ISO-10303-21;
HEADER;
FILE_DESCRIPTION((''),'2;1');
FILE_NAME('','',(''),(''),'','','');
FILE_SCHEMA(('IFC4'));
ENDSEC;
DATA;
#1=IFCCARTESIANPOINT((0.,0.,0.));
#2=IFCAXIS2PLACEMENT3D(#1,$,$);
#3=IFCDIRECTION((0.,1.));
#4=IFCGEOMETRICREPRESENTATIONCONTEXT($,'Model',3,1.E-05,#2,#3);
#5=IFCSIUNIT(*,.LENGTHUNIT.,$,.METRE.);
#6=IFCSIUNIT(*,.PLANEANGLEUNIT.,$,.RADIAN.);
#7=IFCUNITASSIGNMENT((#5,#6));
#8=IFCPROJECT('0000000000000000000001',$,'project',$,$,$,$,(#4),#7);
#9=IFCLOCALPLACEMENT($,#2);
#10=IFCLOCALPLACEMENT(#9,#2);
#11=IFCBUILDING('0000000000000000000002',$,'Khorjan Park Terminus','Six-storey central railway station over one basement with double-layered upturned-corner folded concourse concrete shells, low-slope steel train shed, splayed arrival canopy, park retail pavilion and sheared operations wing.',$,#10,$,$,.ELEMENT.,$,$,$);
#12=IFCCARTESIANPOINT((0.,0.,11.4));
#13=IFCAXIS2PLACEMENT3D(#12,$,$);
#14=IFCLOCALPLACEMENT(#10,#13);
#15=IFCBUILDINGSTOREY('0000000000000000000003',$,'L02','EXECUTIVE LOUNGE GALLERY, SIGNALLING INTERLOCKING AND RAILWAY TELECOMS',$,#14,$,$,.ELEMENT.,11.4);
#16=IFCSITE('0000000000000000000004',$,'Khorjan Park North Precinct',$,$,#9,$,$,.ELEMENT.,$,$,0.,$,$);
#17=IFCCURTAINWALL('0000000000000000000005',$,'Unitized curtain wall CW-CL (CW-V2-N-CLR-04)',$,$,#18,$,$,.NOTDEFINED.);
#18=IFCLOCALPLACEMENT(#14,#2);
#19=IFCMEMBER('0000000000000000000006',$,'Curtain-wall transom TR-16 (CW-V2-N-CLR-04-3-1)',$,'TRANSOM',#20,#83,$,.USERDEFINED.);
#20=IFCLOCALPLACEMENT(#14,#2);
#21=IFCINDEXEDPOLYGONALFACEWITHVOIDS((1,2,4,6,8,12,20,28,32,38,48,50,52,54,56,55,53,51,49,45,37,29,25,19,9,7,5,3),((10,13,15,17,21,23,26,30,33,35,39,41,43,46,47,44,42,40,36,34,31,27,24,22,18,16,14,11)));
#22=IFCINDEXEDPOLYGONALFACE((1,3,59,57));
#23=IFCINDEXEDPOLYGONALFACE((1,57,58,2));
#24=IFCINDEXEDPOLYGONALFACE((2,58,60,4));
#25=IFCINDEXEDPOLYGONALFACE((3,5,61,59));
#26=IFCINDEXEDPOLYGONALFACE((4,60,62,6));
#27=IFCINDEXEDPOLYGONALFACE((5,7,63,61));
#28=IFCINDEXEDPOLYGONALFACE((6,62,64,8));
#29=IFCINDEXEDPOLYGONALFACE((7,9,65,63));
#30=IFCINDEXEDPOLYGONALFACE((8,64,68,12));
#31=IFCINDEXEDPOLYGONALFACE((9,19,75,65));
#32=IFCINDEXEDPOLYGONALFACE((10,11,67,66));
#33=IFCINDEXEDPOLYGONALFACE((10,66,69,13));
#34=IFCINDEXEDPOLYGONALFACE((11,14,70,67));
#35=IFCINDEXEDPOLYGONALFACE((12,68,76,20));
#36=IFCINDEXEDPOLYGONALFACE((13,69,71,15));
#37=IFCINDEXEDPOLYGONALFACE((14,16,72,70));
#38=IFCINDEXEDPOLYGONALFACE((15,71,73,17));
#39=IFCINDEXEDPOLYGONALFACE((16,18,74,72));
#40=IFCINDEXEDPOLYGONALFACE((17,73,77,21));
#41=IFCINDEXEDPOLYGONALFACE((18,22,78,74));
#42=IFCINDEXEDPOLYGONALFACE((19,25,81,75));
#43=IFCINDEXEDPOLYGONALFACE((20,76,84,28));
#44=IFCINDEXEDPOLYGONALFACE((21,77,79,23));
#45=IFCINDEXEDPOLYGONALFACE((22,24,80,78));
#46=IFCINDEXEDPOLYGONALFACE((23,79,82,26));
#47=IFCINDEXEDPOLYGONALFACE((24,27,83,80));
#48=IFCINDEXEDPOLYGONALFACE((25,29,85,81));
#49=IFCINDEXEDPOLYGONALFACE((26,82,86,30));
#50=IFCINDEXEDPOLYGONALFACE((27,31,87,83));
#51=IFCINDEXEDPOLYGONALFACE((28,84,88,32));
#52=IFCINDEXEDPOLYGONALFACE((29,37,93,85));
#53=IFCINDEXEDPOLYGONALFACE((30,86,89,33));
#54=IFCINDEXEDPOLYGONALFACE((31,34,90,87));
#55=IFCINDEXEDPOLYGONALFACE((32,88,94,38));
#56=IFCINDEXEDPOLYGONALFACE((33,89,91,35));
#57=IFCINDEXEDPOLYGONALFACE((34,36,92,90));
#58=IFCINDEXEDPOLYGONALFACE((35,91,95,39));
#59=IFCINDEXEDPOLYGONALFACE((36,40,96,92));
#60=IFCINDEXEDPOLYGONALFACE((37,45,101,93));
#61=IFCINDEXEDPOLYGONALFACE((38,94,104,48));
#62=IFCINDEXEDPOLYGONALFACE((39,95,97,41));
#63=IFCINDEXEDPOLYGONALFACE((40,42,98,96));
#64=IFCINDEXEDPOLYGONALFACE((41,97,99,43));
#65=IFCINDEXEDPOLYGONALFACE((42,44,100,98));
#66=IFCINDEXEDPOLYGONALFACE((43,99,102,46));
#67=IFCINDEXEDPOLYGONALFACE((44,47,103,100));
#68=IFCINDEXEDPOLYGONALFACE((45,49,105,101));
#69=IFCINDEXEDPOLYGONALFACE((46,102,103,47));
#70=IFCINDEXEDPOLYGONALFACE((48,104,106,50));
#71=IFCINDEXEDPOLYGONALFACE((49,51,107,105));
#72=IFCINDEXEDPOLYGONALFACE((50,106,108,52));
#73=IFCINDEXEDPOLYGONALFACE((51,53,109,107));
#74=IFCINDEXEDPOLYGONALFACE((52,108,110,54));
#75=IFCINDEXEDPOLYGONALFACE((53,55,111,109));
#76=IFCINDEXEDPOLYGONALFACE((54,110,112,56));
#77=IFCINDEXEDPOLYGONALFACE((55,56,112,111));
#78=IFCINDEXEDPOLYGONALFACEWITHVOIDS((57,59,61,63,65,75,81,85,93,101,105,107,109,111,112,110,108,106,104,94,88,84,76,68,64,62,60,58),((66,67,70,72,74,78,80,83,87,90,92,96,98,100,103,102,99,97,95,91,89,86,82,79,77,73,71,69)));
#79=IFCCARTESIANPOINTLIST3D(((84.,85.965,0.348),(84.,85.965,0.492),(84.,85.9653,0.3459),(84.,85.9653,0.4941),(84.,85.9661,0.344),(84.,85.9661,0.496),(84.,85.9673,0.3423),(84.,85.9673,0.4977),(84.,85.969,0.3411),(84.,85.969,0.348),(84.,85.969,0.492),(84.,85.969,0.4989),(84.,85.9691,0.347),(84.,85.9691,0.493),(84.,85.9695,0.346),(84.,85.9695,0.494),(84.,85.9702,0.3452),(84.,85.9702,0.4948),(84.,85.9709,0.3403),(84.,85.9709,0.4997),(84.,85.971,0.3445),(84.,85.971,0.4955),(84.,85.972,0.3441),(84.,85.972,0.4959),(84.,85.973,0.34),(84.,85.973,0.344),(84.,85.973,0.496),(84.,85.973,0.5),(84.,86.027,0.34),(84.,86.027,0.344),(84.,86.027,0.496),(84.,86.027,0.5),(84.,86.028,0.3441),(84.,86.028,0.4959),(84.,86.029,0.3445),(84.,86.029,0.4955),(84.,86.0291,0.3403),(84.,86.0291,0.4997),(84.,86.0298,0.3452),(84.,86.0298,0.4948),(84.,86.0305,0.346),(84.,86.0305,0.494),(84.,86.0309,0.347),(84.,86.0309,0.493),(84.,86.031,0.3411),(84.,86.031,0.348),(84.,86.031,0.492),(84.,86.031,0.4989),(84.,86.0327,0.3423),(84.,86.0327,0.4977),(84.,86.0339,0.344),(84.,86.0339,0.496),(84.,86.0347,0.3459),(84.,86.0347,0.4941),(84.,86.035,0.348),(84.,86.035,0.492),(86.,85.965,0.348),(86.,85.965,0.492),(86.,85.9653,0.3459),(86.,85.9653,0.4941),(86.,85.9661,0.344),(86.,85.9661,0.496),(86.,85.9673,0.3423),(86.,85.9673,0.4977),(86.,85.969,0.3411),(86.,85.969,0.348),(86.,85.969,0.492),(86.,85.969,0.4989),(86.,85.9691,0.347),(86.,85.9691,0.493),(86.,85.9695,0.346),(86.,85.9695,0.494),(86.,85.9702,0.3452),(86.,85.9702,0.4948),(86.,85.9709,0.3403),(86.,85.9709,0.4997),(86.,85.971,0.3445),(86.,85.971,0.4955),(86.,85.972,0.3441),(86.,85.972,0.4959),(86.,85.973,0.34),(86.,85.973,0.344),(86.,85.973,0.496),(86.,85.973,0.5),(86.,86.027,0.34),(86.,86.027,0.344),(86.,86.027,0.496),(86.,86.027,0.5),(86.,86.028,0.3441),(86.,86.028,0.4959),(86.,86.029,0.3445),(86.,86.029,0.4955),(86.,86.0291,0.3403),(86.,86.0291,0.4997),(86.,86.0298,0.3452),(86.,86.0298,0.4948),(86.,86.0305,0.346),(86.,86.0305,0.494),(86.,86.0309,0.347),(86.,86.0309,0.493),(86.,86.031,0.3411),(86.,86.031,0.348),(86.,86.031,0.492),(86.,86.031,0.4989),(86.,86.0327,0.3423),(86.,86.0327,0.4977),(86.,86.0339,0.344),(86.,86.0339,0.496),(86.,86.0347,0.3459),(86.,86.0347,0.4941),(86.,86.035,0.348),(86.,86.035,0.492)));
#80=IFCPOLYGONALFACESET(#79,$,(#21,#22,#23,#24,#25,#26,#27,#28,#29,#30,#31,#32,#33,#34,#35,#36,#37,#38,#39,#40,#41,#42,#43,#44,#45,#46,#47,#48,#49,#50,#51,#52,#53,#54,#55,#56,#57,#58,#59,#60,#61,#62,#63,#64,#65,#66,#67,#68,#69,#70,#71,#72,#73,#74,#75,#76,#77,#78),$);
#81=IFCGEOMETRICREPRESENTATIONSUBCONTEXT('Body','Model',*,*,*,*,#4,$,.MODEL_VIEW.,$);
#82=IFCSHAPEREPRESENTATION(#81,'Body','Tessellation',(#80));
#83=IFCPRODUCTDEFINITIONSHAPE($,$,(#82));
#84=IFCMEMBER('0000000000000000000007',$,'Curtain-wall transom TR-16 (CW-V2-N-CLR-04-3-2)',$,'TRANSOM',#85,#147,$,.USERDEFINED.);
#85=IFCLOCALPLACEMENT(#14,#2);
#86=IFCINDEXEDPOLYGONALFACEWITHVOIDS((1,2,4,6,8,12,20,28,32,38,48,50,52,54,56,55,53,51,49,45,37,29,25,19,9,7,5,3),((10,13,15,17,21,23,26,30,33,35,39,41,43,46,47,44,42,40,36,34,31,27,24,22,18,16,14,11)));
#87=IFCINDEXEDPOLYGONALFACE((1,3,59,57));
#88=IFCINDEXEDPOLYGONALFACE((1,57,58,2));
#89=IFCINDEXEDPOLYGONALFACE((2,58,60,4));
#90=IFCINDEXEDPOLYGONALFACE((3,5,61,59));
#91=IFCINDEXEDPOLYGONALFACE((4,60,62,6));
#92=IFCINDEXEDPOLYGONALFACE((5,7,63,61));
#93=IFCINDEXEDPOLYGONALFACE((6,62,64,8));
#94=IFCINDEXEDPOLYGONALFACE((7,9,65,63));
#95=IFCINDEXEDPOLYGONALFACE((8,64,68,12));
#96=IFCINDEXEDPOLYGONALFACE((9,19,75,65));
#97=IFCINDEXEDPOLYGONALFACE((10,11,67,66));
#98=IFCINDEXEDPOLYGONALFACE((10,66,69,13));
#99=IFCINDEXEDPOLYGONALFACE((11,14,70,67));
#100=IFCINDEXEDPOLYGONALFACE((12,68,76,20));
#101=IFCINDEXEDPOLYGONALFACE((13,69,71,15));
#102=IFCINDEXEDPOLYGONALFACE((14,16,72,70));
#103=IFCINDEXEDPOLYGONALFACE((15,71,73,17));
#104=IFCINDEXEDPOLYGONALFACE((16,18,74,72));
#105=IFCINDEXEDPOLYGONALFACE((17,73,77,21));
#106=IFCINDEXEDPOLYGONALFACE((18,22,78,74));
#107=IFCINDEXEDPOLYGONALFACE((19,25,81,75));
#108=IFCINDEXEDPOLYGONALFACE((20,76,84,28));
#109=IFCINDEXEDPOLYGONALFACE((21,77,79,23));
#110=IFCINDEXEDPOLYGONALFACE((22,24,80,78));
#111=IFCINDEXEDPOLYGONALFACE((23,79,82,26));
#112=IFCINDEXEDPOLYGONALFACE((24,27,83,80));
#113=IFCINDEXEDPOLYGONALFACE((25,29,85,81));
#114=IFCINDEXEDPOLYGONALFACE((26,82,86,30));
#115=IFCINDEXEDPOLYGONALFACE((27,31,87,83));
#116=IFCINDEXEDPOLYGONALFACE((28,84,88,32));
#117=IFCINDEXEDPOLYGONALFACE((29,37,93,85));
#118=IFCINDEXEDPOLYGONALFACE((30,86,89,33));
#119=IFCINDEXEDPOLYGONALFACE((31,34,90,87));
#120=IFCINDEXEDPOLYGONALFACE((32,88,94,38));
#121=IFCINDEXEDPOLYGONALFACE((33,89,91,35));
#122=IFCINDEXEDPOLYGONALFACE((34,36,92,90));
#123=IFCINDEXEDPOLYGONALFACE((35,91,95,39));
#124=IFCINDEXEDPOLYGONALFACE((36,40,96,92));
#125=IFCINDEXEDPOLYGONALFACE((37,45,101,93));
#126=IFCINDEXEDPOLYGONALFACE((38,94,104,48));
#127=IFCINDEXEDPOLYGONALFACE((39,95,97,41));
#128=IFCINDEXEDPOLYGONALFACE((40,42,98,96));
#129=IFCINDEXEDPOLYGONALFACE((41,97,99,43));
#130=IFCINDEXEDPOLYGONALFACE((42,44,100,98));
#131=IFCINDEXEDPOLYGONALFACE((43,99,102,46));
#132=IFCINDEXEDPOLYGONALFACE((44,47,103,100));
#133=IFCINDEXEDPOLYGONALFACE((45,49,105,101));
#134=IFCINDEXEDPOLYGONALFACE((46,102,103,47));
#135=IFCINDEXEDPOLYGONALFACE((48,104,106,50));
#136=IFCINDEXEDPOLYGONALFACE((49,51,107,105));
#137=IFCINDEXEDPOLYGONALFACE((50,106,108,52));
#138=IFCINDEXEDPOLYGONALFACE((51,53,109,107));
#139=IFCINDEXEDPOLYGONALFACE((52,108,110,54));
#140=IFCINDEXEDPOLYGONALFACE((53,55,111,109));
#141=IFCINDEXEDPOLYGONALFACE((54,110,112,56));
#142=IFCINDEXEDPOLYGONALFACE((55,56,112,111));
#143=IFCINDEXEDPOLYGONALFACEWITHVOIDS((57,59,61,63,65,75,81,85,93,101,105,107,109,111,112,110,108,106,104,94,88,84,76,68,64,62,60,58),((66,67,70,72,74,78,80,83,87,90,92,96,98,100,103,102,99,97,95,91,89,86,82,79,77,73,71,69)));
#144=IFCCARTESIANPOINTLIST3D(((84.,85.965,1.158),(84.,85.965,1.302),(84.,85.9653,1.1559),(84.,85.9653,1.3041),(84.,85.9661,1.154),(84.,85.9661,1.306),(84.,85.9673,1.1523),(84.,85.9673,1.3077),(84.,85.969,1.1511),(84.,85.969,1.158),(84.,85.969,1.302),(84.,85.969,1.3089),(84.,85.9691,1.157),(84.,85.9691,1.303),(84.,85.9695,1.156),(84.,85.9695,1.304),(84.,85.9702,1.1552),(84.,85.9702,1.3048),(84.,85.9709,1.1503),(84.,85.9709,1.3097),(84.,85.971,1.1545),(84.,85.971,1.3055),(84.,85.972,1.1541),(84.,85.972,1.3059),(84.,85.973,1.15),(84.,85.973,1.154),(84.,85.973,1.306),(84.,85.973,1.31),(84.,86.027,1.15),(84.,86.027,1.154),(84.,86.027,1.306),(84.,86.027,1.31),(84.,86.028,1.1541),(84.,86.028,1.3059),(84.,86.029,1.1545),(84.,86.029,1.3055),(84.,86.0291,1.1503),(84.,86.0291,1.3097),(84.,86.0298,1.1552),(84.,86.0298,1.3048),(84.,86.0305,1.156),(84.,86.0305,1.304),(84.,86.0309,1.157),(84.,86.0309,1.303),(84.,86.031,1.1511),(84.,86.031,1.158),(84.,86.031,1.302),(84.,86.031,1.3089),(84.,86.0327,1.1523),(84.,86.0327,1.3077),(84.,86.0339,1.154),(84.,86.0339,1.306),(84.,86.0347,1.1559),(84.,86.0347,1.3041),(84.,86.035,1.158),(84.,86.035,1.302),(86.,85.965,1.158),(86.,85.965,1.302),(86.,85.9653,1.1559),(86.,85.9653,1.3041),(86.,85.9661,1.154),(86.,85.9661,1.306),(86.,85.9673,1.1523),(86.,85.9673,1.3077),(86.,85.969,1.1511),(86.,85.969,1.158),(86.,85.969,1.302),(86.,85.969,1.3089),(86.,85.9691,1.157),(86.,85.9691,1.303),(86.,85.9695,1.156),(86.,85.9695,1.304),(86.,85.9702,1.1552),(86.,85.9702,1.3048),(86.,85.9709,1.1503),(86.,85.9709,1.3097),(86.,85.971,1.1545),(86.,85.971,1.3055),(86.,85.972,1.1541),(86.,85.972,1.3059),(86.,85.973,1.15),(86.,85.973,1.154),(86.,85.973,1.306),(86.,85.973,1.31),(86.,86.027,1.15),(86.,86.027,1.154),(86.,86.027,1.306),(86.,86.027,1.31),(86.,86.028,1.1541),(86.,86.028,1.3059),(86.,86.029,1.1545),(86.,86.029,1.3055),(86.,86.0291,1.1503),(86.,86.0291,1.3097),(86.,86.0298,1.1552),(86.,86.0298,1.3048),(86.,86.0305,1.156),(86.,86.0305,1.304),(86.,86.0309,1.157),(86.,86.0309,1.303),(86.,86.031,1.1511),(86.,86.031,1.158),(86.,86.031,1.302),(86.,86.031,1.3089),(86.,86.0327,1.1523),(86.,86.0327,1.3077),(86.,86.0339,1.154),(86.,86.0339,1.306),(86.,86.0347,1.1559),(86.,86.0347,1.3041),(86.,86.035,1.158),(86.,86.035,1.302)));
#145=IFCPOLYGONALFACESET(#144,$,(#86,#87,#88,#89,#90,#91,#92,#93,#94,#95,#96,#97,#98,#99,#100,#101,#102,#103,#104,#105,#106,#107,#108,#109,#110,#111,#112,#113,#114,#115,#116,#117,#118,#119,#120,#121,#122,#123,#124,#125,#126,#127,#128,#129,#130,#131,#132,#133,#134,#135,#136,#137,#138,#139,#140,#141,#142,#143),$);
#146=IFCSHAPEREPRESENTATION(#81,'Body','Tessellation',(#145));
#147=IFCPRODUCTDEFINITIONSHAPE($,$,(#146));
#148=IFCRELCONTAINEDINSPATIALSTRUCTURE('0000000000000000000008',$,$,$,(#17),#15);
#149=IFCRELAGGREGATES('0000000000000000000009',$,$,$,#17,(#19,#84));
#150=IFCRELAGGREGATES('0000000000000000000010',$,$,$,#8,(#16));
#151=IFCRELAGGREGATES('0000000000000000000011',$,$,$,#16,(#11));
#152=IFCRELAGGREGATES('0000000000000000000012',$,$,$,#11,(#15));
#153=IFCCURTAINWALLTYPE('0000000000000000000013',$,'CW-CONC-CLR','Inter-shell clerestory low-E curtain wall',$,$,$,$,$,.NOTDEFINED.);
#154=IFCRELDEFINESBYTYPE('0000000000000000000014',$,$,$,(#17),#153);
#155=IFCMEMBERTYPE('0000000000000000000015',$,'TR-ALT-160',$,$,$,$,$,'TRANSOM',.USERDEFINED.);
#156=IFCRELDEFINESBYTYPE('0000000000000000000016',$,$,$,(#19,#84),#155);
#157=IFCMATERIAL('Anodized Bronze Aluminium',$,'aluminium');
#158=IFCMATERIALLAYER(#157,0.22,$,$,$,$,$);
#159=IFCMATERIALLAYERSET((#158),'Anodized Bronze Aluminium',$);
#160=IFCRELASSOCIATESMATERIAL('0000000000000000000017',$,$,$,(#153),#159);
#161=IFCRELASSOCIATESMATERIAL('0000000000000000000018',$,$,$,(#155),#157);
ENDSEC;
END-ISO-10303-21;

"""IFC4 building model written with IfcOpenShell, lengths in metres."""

from ifc_helpers import new_model, si_unit, direction, frame, origin, origin_2d, place, context, subcontext, project, spatial, hollow_rectangle, extrude, material, layer, layer_set, material_profile, profile_set, type_object, element, aggregate, save


model = new_model("IFC4")

# Units and contexts
model_context = context("Model", 3, precision=1e-05, world=origin(), true_north=direction((0.0, 1.0)))
body_context = subcontext(model_context, "Body", "Model", "MODEL_VIEW")
ifc_project = project(units=[si_unit("LENGTHUNIT", "METRE"), si_unit("PLANEANGLEUNIT", "RADIAN")], contexts=[model_context])

# Site, building, storey
site_placement = place(None, origin())
site = spatial("IfcSite", under=ifc_project, at=site_placement, Name="Khorjan Park North Precinct", CompositionType="ELEMENT", RefElevation=0.0)
building_placement = place(site_placement, origin())
building = spatial("IfcBuilding", under=site, at=building_placement, Name="Khorjan Park Terminus", Description="Six-storey central railway station over one basement with double-layered upturned-corner folded concourse concrete shells, low-slope steel train shed, splayed arrival canopy, park retail pavilion and sheared operations wing.", CompositionType="ELEMENT")
storey_placement = place(building_placement, frame((0.0, 0.0, 11.4)))
storey = spatial("IfcBuildingStorey", under=building, at=storey_placement, Name="L02", Description="EXECUTIVE LOUNGE GALLERY, SIGNALLING INTERLOCKING AND RAILWAY TELECOMS", CompositionType="ELEMENT", Elevation=11.4)

# Curtain wall
ifc_material_1 = material(Name="Anodized Bronze Aluminium", Category="aluminium")
ifc_layer_1 = layer(ifc_material_1, 0.22)
ifc_layer_set_1 = layer_set([ifc_layer_1], Name="Anodized Bronze Aluminium")
curtain_wall_type = type_object("IfcCurtainWallType", Name="CW-CONC-CLR", Description="Inter-shell clerestory low-E curtain wall", PredefinedType="NOTDEFINED", material=ifc_layer_set_1)
curtain_wall_1_placement = place(storey_placement, origin())
curtain_wall_1 = element("IfcCurtainWall", 1, at=curtain_wall_1_placement, inside=storey, type_object=curtain_wall_type, Name="Unitized curtain wall CW-CL (CW-V2-N-CLR-04)", PredefinedType="NOTDEFINED")

# Members
ifc_material_profile_1 = material_profile(ifc_material_1, hollow_rectangle(XDim=0.07, YDim=0.16, WallThickness=0.004, InnerFilletRadius=0.004, OuterFilletRadius=0.008, at=origin_2d()), Name="ALT 70x160x4")
ifc_profile_set_1 = profile_set([ifc_material_profile_1], Name="Anodized Bronze Aluminium")
member_type_1 = type_object("IfcMemberType", Name="TR-ALT-160", ElementType="TRANSOM", PredefinedType="USERDEFINED", material=ifc_profile_set_1)
member_1_placement = place(storey_placement, frame((86.0, 86.0, 0.42), z_axis=(-1.0, 0.0, 0.0), x_axis=(0.0, -1.0, 0.0)))
member_1 = element("IfcMember", 2, at=member_1_placement, type_object=member_type_1, Name="Curtain-wall transom TR-16 (CW-V2-N-CLR-04-3-1)", ObjectType="TRANSOM", PredefinedType="USERDEFINED", context=body_context, shape_type="SweptSolid", body=[
    extrude(hollow_rectangle(XDim=0.07, YDim=0.16, WallThickness=0.004, InnerFilletRadius=0.004, OuterFilletRadius=0.008, at=origin_2d()), origin(), (0.0, 0.0, 1.0), 2.0),
])
member_2_placement = place(storey_placement, frame((86.0, 86.0, 1.23), z_axis=(-1.0, 0.0, 0.0), x_axis=(0.0, -1.0, 0.0)))
member_2 = element("IfcMember", 3, at=member_2_placement, type_object=member_type_1, Name="Curtain-wall transom TR-16 (CW-V2-N-CLR-04-3-2)", ObjectType="TRANSOM", PredefinedType="USERDEFINED", context=body_context, shape_type="SweptSolid", body=[
    extrude(hollow_rectangle(XDim=0.07, YDim=0.16, WallThickness=0.004, InnerFilletRadius=0.004, OuterFilletRadius=0.008, at=origin_2d()), origin(), (0.0, 0.0, 1.0), 2.0),
])

aggregate(curtain_wall_1, [member_1, member_2])

save(model, "model.ifc")
